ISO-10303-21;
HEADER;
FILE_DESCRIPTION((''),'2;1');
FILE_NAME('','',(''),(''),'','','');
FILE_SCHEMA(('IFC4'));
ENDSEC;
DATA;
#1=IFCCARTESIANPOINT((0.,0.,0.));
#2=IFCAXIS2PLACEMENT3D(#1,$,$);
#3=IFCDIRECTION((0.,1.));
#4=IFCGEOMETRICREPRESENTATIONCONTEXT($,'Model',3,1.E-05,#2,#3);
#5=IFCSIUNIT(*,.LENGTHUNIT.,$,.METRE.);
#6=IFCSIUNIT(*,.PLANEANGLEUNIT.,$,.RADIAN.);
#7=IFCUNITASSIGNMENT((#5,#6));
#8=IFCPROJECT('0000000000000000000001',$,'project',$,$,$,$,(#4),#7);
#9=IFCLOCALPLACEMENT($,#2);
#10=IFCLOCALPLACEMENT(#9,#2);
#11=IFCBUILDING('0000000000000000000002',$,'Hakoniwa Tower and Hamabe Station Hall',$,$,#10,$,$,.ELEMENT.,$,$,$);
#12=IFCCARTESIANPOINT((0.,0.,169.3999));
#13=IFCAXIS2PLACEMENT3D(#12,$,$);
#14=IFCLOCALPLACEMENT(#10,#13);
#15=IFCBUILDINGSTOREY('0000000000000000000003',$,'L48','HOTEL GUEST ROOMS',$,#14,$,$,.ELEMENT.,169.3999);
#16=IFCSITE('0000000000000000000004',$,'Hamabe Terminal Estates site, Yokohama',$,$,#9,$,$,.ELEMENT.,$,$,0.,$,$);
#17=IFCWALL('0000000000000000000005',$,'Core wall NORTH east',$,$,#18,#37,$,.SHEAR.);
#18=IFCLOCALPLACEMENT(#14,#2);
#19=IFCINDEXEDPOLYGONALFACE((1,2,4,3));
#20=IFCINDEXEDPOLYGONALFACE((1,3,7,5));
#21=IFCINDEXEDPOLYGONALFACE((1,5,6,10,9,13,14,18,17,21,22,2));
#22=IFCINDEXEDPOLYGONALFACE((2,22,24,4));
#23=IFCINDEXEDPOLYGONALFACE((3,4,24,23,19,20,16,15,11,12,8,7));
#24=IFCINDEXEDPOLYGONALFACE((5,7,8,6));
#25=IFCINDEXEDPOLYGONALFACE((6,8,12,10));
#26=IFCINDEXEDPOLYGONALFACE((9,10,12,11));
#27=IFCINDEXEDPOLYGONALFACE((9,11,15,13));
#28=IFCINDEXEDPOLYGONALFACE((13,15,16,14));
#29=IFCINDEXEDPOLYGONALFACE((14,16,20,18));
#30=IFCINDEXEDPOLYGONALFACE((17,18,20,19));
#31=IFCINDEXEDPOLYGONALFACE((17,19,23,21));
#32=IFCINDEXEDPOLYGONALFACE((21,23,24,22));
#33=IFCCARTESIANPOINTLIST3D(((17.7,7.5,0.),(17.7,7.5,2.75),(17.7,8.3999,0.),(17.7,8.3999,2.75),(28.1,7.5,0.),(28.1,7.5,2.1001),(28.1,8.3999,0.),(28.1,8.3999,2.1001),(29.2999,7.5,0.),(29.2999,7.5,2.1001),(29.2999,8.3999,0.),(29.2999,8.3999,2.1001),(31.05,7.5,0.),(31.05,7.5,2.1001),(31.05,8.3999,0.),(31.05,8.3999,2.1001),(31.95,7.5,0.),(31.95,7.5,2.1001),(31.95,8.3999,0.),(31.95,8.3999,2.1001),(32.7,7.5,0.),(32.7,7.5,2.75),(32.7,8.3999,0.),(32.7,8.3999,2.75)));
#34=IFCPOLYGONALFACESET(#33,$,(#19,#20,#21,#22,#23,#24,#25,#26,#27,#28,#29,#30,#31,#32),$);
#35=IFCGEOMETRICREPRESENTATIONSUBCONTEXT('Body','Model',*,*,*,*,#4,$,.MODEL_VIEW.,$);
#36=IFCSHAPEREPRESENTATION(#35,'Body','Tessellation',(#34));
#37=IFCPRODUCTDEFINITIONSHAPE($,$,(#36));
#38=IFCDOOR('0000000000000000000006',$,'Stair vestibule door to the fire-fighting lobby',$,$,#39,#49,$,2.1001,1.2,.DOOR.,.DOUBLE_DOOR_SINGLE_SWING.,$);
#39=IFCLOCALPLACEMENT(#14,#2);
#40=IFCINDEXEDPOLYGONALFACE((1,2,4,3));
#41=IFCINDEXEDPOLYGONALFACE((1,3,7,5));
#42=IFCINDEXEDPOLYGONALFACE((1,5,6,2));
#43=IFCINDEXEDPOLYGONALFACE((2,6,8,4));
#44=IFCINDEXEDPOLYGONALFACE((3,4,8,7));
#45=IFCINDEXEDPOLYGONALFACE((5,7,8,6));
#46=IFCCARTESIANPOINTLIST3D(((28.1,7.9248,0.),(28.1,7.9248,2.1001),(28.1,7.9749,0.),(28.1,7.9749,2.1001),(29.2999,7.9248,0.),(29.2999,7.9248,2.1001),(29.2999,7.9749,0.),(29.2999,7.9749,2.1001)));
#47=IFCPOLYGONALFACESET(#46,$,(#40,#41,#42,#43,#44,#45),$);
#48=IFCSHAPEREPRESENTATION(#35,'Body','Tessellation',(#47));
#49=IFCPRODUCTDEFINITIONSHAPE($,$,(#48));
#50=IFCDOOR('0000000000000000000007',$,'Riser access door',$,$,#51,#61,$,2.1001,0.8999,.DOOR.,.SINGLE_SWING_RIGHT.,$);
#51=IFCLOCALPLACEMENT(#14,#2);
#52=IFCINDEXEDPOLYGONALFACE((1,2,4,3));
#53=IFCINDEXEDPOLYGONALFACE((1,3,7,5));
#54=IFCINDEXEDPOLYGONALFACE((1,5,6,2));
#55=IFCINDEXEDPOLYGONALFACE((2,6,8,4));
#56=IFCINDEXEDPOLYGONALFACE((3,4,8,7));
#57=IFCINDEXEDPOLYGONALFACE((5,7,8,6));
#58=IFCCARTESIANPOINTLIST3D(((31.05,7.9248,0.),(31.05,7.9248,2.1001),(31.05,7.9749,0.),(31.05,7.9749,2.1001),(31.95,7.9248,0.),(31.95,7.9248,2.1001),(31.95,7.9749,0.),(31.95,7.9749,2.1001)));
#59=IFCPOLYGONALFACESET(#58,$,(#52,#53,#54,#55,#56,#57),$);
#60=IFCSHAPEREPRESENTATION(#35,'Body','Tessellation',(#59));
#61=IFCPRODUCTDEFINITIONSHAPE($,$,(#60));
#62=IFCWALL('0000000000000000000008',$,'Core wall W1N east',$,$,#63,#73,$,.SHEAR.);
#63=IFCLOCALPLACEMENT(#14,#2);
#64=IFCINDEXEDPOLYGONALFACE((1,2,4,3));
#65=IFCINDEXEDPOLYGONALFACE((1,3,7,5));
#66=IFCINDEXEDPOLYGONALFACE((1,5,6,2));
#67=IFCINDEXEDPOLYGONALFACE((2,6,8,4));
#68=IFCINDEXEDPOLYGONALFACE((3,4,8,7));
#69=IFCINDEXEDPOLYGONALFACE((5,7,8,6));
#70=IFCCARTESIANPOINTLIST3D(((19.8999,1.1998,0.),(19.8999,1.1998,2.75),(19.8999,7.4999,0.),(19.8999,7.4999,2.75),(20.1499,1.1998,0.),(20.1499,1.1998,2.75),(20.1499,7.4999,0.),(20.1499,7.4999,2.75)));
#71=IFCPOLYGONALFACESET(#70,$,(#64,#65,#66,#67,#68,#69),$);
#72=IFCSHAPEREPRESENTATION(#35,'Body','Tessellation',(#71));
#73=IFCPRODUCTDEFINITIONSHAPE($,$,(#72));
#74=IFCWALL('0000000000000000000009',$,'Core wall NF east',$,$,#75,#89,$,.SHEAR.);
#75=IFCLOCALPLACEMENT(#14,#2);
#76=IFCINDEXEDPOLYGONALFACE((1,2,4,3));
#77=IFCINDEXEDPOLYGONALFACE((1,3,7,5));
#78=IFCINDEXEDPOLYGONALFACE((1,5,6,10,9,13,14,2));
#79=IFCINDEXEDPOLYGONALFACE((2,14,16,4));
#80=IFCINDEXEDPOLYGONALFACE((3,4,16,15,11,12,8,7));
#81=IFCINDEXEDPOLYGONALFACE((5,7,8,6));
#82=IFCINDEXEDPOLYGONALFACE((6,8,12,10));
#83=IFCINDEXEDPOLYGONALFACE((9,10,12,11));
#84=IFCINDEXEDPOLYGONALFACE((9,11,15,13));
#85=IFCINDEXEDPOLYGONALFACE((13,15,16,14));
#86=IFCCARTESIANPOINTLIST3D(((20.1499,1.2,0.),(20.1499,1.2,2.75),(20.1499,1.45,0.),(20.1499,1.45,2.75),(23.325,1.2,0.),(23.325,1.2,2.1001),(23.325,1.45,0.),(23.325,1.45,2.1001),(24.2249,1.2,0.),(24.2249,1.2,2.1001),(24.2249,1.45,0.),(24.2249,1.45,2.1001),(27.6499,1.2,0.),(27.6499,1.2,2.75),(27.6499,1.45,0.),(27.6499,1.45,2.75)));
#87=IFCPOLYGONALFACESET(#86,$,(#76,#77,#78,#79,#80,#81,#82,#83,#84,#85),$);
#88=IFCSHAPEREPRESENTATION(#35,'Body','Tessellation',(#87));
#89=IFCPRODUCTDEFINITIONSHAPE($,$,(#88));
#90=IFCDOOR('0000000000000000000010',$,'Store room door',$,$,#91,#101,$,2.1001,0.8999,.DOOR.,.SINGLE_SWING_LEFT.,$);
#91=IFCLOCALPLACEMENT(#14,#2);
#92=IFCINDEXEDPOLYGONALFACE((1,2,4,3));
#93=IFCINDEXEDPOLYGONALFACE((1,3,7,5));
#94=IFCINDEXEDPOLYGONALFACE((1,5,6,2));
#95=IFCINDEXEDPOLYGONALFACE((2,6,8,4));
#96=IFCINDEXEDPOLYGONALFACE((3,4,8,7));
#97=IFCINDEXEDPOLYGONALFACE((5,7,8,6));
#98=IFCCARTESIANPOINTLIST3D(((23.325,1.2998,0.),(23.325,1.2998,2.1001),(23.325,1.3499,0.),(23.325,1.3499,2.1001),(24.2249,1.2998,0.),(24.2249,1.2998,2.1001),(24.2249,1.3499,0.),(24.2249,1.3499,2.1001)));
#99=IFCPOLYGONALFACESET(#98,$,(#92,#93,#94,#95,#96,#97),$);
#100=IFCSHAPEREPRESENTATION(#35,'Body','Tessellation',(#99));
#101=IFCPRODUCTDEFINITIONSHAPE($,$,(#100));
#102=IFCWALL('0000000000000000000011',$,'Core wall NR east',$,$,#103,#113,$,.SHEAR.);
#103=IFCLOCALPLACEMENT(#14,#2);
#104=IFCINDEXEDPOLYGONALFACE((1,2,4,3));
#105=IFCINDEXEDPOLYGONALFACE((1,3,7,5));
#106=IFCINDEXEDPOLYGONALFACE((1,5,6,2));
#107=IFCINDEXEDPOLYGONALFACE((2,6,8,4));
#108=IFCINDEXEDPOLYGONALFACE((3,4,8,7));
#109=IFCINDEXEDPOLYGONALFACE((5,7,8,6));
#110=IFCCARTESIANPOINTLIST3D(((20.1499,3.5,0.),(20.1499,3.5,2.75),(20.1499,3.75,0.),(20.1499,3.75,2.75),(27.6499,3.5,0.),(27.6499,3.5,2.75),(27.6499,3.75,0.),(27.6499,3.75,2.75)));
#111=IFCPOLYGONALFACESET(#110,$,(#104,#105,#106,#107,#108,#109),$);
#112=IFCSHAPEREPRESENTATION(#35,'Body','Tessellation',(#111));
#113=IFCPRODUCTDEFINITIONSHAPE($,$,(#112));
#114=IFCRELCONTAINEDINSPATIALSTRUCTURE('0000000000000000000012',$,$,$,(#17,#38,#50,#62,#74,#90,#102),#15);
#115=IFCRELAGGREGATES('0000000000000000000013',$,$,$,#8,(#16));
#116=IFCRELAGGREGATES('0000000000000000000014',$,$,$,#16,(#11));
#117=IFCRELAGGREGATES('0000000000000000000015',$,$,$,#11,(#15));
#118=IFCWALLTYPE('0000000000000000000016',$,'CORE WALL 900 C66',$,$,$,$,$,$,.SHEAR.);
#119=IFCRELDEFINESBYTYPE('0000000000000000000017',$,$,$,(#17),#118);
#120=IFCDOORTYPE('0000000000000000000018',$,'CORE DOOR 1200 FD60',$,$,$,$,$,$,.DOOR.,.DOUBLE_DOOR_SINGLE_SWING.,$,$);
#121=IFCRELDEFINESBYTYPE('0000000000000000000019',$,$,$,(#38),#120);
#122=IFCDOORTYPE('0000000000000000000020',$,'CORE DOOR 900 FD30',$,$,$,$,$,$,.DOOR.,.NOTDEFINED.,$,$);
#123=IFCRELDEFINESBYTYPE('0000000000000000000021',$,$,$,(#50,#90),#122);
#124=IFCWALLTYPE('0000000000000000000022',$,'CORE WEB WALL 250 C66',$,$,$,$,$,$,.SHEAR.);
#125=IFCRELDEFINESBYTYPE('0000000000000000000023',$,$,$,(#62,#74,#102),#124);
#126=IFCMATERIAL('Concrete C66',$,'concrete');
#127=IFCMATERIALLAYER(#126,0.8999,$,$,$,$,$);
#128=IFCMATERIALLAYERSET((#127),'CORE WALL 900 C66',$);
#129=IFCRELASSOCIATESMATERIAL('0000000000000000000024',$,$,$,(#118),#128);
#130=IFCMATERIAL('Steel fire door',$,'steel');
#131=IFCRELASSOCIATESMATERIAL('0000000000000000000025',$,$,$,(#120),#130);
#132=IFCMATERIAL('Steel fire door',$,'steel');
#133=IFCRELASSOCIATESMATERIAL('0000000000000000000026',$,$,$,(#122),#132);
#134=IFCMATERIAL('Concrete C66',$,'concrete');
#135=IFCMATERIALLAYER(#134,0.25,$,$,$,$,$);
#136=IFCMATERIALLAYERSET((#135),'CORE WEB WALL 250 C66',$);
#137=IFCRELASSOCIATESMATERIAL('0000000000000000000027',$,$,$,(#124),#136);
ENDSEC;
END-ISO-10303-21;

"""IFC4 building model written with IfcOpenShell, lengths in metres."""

from ifc_helpers import new_model, si_unit, direction, frame, frame_2d, origin, place, context, subcontext, project, spatial, rectangle, extrude, material, layer, layer_set, type_object, element, fill, save


model = new_model("IFC4")

# Units and contexts
model_context = context("Model", 3, precision=1e-05, world=origin(), true_north=direction((0.0, 1.0)))
body_context = subcontext(model_context, "Body", "Model", "MODEL_VIEW")
ifc_project = project(units=[si_unit("LENGTHUNIT", "METRE"), si_unit("PLANEANGLEUNIT", "RADIAN")], contexts=[model_context])

# Site, building, storey
site_placement = place(None, origin())
site = spatial("IfcSite", under=ifc_project, at=site_placement, Name="Hamabe Terminal Estates site, Yokohama", CompositionType="ELEMENT", RefElevation=0.0)
building_placement = place(site_placement, origin())
building = spatial("IfcBuilding", under=site, at=building_placement, Name="Hakoniwa Tower and Hamabe Station Hall", CompositionType="ELEMENT")
storey_placement = place(building_placement, frame((0.0, 0.0, 169.3999)))
storey = spatial("IfcBuildingStorey", under=building, at=storey_placement, Name="L48", Description="HOTEL GUEST ROOMS", CompositionType="ELEMENT", Elevation=169.3999)

# Wall, openings, doors
ifc_material_1 = material(Name="Concrete C66", Category="concrete")
ifc_layer_1 = layer(ifc_material_1, 0.8999)
ifc_layer_set_1 = layer_set([ifc_layer_1], Name="CORE WALL 900 C66")
wall_type_1 = type_object("IfcWallType", Name="CORE WALL 900 C66", PredefinedType="SHEAR", material=ifc_layer_set_1)
wall_1_placement = place(storey_placement, frame((17.7, 7.95, 0.0), z_axis=(0.0, 0.0, 1.0), x_axis=(1.0, 0.0, 0.0)))
wall_1 = element("IfcWall", 1, at=wall_1_placement, inside=storey, type_object=wall_type_1, Name="Core wall NORTH east", PredefinedType="SHEAR", context=body_context, shape_type="SweptSolid", body=[
    extrude(rectangle(XDim=15.0, YDim=0.8999, at=frame_2d((7.5, 0.0))), origin(), (0.0, 0.0, 1.0), 2.75),
])
opening_1_placement = place(wall_1_placement, frame((10.3999, 0.0, 0.0)))
opening_1 = element("IfcOpeningElement", 2, at=opening_1_placement, cuts=wall_1, PredefinedType="OPENING", context=body_context, shape_type="SweptSolid", body=[
    extrude(rectangle(XDim=1.2, YDim=2.1001, at=frame_2d((0.6001, 1.05))), frame((0.0, 0.46, 0.0), z_axis=(0.0, -1.0, 0.0), x_axis=(1.0, 0.0, 0.0)), (0.0, 0.0, 1.0), 0.9199),
])
opening_2_placement = place(wall_1_placement, frame((13.3501, 0.0, 0.0)))
opening_2 = element("IfcOpeningElement", 3, at=opening_2_placement, cuts=wall_1, PredefinedType="OPENING", context=body_context, shape_type="SweptSolid", body=[
    extrude(rectangle(XDim=0.8999, YDim=2.1001, at=frame_2d((0.45, 1.05))), frame((0.0, 0.46, 0.0), z_axis=(0.0, -1.0, 0.0), x_axis=(1.0, 0.0, 0.0)), (0.0, 0.0, 1.0), 0.9199),
])
ifc_material_2 = material(Name="Steel fire door", Category="steel")
door_type_1 = type_object("IfcDoorType", Name="CORE DOOR 1200 FD60", OperationType="DOUBLE_DOOR_SINGLE_SWING", PredefinedType="DOOR", material=ifc_material_2)
door_1_placement = place(opening_1_placement, origin())
door_1 = element("IfcDoor", 4, at=door_1_placement, inside=storey, type_object=door_type_1, Name="Stair vestibule door to the fire-fighting lobby", OperationType="DOUBLE_DOOR_SINGLE_SWING", OverallHeight=2.1001, OverallWidth=1.2, PredefinedType="DOOR", context=body_context, shape_type="SweptSolid", body=[
    extrude(rectangle(XDim=1.2, YDim=2.1001, at=frame_2d((0.6001, 1.05))), frame((0.0, 0.0249, 0.0), z_axis=(0.0, -1.0, 0.0), x_axis=(1.0, 0.0, 0.0)), (0.0, 0.0, 1.0), 0.05),
])
fill(opening_1, door_1)
ifc_material_3 = material(Name="Steel fire door", Category="steel")
door_type_2 = type_object("IfcDoorType", Name="CORE DOOR 900 FD30", OperationType="NOTDEFINED", PredefinedType="DOOR", material=ifc_material_3)
door_2_placement = place(opening_2_placement, origin())
door_2 = element("IfcDoor", 5, at=door_2_placement, inside=storey, type_object=door_type_2, Name="Riser access door", OperationType="SINGLE_SWING_RIGHT", OverallHeight=2.1001, OverallWidth=0.8999, PredefinedType="DOOR", context=body_context, shape_type="SweptSolid", body=[
    extrude(rectangle(XDim=0.8999, YDim=2.1001, at=frame_2d((0.45, 1.05))), frame((0.0, 0.0249, 0.0), z_axis=(0.0, -1.0, 0.0), x_axis=(1.0, 0.0, 0.0)), (0.0, 0.0, 1.0), 0.05),
])
fill(opening_2, door_2)

# Wall
ifc_material_4 = material(Name="Concrete C66", Category="concrete")
ifc_layer_2 = layer(ifc_material_4, 0.25)
ifc_layer_set_2 = layer_set([ifc_layer_2], Name="CORE WEB WALL 250 C66")
wall_type_2 = type_object("IfcWallType", Name="CORE WEB WALL 250 C66", PredefinedType="SHEAR", material=ifc_layer_set_2)
wall_2_placement = place(storey_placement, frame((20.0249, 1.2, 0.0), z_axis=(0.0, 0.0, 1.0), x_axis=(0.0, 1.0, 0.0)))
element("IfcWall", 6, at=wall_2_placement, inside=storey, type_object=wall_type_2, Name="Core wall W1N east", PredefinedType="SHEAR", context=body_context, shape_type="SweptSolid", body=[
    extrude(rectangle(XDim=6.3, YDim=0.25, at=frame_2d((3.1499, 0.0))), origin(), (0.0, 0.0, 1.0), 2.75),
])

# Wall, opening, door
wall_3_placement = place(storey_placement, frame((20.1499, 1.325, 0.0), z_axis=(0.0, 0.0, 1.0), x_axis=(1.0, 0.0, 0.0)))
wall_3 = element("IfcWall", 7, at=wall_3_placement, inside=storey, type_object=wall_type_2, Name="Core wall NF east", PredefinedType="SHEAR", context=body_context, shape_type="SweptSolid", body=[
    extrude(rectangle(XDim=7.5, YDim=0.25, at=frame_2d((3.75, 0.0))), origin(), (0.0, 0.0, 1.0), 2.75),
])
opening_3_placement = place(wall_3_placement, frame((3.175, 0.0, 0.0)))
opening_3 = element("IfcOpeningElement", 8, at=opening_3_placement, cuts=wall_3, PredefinedType="OPENING", context=body_context, shape_type="SweptSolid", body=[
    extrude(rectangle(XDim=0.8999, YDim=2.1001, at=frame_2d((0.45, 1.05))), frame((0.0, 0.135, 0.0), z_axis=(0.0, -1.0, 0.0), x_axis=(1.0, 0.0, 0.0)), (0.0, 0.0, 1.0), 0.27),
])
door_3_placement = place(opening_3_placement, origin())
door_3 = element("IfcDoor", 9, at=door_3_placement, inside=storey, type_object=door_type_2, Name="Store room door", OperationType="SINGLE_SWING_LEFT", OverallHeight=2.1001, OverallWidth=0.8999, PredefinedType="DOOR", context=body_context, shape_type="SweptSolid", body=[
    extrude(rectangle(XDim=0.8999, YDim=2.1001, at=frame_2d((0.45, 1.05))), frame((0.0, 0.0249, 0.0), z_axis=(0.0, -1.0, 0.0), x_axis=(1.0, 0.0, 0.0)), (0.0, 0.0, 1.0), 0.05),
])
fill(opening_3, door_3)

# Wall
wall_4_placement = place(storey_placement, frame((20.1499, 3.625, 0.0), z_axis=(0.0, 0.0, 1.0), x_axis=(1.0, 0.0, 0.0)))
element("IfcWall", 10, at=wall_4_placement, inside=storey, type_object=wall_type_2, Name="Core wall NR east", PredefinedType="SHEAR", context=body_context, shape_type="SweptSolid", body=[
    extrude(rectangle(XDim=7.5, YDim=0.25, at=frame_2d((3.75, 0.0))), origin(), (0.0, 0.0, 1.0), 2.75),
])

save(model, "model.ifc")
